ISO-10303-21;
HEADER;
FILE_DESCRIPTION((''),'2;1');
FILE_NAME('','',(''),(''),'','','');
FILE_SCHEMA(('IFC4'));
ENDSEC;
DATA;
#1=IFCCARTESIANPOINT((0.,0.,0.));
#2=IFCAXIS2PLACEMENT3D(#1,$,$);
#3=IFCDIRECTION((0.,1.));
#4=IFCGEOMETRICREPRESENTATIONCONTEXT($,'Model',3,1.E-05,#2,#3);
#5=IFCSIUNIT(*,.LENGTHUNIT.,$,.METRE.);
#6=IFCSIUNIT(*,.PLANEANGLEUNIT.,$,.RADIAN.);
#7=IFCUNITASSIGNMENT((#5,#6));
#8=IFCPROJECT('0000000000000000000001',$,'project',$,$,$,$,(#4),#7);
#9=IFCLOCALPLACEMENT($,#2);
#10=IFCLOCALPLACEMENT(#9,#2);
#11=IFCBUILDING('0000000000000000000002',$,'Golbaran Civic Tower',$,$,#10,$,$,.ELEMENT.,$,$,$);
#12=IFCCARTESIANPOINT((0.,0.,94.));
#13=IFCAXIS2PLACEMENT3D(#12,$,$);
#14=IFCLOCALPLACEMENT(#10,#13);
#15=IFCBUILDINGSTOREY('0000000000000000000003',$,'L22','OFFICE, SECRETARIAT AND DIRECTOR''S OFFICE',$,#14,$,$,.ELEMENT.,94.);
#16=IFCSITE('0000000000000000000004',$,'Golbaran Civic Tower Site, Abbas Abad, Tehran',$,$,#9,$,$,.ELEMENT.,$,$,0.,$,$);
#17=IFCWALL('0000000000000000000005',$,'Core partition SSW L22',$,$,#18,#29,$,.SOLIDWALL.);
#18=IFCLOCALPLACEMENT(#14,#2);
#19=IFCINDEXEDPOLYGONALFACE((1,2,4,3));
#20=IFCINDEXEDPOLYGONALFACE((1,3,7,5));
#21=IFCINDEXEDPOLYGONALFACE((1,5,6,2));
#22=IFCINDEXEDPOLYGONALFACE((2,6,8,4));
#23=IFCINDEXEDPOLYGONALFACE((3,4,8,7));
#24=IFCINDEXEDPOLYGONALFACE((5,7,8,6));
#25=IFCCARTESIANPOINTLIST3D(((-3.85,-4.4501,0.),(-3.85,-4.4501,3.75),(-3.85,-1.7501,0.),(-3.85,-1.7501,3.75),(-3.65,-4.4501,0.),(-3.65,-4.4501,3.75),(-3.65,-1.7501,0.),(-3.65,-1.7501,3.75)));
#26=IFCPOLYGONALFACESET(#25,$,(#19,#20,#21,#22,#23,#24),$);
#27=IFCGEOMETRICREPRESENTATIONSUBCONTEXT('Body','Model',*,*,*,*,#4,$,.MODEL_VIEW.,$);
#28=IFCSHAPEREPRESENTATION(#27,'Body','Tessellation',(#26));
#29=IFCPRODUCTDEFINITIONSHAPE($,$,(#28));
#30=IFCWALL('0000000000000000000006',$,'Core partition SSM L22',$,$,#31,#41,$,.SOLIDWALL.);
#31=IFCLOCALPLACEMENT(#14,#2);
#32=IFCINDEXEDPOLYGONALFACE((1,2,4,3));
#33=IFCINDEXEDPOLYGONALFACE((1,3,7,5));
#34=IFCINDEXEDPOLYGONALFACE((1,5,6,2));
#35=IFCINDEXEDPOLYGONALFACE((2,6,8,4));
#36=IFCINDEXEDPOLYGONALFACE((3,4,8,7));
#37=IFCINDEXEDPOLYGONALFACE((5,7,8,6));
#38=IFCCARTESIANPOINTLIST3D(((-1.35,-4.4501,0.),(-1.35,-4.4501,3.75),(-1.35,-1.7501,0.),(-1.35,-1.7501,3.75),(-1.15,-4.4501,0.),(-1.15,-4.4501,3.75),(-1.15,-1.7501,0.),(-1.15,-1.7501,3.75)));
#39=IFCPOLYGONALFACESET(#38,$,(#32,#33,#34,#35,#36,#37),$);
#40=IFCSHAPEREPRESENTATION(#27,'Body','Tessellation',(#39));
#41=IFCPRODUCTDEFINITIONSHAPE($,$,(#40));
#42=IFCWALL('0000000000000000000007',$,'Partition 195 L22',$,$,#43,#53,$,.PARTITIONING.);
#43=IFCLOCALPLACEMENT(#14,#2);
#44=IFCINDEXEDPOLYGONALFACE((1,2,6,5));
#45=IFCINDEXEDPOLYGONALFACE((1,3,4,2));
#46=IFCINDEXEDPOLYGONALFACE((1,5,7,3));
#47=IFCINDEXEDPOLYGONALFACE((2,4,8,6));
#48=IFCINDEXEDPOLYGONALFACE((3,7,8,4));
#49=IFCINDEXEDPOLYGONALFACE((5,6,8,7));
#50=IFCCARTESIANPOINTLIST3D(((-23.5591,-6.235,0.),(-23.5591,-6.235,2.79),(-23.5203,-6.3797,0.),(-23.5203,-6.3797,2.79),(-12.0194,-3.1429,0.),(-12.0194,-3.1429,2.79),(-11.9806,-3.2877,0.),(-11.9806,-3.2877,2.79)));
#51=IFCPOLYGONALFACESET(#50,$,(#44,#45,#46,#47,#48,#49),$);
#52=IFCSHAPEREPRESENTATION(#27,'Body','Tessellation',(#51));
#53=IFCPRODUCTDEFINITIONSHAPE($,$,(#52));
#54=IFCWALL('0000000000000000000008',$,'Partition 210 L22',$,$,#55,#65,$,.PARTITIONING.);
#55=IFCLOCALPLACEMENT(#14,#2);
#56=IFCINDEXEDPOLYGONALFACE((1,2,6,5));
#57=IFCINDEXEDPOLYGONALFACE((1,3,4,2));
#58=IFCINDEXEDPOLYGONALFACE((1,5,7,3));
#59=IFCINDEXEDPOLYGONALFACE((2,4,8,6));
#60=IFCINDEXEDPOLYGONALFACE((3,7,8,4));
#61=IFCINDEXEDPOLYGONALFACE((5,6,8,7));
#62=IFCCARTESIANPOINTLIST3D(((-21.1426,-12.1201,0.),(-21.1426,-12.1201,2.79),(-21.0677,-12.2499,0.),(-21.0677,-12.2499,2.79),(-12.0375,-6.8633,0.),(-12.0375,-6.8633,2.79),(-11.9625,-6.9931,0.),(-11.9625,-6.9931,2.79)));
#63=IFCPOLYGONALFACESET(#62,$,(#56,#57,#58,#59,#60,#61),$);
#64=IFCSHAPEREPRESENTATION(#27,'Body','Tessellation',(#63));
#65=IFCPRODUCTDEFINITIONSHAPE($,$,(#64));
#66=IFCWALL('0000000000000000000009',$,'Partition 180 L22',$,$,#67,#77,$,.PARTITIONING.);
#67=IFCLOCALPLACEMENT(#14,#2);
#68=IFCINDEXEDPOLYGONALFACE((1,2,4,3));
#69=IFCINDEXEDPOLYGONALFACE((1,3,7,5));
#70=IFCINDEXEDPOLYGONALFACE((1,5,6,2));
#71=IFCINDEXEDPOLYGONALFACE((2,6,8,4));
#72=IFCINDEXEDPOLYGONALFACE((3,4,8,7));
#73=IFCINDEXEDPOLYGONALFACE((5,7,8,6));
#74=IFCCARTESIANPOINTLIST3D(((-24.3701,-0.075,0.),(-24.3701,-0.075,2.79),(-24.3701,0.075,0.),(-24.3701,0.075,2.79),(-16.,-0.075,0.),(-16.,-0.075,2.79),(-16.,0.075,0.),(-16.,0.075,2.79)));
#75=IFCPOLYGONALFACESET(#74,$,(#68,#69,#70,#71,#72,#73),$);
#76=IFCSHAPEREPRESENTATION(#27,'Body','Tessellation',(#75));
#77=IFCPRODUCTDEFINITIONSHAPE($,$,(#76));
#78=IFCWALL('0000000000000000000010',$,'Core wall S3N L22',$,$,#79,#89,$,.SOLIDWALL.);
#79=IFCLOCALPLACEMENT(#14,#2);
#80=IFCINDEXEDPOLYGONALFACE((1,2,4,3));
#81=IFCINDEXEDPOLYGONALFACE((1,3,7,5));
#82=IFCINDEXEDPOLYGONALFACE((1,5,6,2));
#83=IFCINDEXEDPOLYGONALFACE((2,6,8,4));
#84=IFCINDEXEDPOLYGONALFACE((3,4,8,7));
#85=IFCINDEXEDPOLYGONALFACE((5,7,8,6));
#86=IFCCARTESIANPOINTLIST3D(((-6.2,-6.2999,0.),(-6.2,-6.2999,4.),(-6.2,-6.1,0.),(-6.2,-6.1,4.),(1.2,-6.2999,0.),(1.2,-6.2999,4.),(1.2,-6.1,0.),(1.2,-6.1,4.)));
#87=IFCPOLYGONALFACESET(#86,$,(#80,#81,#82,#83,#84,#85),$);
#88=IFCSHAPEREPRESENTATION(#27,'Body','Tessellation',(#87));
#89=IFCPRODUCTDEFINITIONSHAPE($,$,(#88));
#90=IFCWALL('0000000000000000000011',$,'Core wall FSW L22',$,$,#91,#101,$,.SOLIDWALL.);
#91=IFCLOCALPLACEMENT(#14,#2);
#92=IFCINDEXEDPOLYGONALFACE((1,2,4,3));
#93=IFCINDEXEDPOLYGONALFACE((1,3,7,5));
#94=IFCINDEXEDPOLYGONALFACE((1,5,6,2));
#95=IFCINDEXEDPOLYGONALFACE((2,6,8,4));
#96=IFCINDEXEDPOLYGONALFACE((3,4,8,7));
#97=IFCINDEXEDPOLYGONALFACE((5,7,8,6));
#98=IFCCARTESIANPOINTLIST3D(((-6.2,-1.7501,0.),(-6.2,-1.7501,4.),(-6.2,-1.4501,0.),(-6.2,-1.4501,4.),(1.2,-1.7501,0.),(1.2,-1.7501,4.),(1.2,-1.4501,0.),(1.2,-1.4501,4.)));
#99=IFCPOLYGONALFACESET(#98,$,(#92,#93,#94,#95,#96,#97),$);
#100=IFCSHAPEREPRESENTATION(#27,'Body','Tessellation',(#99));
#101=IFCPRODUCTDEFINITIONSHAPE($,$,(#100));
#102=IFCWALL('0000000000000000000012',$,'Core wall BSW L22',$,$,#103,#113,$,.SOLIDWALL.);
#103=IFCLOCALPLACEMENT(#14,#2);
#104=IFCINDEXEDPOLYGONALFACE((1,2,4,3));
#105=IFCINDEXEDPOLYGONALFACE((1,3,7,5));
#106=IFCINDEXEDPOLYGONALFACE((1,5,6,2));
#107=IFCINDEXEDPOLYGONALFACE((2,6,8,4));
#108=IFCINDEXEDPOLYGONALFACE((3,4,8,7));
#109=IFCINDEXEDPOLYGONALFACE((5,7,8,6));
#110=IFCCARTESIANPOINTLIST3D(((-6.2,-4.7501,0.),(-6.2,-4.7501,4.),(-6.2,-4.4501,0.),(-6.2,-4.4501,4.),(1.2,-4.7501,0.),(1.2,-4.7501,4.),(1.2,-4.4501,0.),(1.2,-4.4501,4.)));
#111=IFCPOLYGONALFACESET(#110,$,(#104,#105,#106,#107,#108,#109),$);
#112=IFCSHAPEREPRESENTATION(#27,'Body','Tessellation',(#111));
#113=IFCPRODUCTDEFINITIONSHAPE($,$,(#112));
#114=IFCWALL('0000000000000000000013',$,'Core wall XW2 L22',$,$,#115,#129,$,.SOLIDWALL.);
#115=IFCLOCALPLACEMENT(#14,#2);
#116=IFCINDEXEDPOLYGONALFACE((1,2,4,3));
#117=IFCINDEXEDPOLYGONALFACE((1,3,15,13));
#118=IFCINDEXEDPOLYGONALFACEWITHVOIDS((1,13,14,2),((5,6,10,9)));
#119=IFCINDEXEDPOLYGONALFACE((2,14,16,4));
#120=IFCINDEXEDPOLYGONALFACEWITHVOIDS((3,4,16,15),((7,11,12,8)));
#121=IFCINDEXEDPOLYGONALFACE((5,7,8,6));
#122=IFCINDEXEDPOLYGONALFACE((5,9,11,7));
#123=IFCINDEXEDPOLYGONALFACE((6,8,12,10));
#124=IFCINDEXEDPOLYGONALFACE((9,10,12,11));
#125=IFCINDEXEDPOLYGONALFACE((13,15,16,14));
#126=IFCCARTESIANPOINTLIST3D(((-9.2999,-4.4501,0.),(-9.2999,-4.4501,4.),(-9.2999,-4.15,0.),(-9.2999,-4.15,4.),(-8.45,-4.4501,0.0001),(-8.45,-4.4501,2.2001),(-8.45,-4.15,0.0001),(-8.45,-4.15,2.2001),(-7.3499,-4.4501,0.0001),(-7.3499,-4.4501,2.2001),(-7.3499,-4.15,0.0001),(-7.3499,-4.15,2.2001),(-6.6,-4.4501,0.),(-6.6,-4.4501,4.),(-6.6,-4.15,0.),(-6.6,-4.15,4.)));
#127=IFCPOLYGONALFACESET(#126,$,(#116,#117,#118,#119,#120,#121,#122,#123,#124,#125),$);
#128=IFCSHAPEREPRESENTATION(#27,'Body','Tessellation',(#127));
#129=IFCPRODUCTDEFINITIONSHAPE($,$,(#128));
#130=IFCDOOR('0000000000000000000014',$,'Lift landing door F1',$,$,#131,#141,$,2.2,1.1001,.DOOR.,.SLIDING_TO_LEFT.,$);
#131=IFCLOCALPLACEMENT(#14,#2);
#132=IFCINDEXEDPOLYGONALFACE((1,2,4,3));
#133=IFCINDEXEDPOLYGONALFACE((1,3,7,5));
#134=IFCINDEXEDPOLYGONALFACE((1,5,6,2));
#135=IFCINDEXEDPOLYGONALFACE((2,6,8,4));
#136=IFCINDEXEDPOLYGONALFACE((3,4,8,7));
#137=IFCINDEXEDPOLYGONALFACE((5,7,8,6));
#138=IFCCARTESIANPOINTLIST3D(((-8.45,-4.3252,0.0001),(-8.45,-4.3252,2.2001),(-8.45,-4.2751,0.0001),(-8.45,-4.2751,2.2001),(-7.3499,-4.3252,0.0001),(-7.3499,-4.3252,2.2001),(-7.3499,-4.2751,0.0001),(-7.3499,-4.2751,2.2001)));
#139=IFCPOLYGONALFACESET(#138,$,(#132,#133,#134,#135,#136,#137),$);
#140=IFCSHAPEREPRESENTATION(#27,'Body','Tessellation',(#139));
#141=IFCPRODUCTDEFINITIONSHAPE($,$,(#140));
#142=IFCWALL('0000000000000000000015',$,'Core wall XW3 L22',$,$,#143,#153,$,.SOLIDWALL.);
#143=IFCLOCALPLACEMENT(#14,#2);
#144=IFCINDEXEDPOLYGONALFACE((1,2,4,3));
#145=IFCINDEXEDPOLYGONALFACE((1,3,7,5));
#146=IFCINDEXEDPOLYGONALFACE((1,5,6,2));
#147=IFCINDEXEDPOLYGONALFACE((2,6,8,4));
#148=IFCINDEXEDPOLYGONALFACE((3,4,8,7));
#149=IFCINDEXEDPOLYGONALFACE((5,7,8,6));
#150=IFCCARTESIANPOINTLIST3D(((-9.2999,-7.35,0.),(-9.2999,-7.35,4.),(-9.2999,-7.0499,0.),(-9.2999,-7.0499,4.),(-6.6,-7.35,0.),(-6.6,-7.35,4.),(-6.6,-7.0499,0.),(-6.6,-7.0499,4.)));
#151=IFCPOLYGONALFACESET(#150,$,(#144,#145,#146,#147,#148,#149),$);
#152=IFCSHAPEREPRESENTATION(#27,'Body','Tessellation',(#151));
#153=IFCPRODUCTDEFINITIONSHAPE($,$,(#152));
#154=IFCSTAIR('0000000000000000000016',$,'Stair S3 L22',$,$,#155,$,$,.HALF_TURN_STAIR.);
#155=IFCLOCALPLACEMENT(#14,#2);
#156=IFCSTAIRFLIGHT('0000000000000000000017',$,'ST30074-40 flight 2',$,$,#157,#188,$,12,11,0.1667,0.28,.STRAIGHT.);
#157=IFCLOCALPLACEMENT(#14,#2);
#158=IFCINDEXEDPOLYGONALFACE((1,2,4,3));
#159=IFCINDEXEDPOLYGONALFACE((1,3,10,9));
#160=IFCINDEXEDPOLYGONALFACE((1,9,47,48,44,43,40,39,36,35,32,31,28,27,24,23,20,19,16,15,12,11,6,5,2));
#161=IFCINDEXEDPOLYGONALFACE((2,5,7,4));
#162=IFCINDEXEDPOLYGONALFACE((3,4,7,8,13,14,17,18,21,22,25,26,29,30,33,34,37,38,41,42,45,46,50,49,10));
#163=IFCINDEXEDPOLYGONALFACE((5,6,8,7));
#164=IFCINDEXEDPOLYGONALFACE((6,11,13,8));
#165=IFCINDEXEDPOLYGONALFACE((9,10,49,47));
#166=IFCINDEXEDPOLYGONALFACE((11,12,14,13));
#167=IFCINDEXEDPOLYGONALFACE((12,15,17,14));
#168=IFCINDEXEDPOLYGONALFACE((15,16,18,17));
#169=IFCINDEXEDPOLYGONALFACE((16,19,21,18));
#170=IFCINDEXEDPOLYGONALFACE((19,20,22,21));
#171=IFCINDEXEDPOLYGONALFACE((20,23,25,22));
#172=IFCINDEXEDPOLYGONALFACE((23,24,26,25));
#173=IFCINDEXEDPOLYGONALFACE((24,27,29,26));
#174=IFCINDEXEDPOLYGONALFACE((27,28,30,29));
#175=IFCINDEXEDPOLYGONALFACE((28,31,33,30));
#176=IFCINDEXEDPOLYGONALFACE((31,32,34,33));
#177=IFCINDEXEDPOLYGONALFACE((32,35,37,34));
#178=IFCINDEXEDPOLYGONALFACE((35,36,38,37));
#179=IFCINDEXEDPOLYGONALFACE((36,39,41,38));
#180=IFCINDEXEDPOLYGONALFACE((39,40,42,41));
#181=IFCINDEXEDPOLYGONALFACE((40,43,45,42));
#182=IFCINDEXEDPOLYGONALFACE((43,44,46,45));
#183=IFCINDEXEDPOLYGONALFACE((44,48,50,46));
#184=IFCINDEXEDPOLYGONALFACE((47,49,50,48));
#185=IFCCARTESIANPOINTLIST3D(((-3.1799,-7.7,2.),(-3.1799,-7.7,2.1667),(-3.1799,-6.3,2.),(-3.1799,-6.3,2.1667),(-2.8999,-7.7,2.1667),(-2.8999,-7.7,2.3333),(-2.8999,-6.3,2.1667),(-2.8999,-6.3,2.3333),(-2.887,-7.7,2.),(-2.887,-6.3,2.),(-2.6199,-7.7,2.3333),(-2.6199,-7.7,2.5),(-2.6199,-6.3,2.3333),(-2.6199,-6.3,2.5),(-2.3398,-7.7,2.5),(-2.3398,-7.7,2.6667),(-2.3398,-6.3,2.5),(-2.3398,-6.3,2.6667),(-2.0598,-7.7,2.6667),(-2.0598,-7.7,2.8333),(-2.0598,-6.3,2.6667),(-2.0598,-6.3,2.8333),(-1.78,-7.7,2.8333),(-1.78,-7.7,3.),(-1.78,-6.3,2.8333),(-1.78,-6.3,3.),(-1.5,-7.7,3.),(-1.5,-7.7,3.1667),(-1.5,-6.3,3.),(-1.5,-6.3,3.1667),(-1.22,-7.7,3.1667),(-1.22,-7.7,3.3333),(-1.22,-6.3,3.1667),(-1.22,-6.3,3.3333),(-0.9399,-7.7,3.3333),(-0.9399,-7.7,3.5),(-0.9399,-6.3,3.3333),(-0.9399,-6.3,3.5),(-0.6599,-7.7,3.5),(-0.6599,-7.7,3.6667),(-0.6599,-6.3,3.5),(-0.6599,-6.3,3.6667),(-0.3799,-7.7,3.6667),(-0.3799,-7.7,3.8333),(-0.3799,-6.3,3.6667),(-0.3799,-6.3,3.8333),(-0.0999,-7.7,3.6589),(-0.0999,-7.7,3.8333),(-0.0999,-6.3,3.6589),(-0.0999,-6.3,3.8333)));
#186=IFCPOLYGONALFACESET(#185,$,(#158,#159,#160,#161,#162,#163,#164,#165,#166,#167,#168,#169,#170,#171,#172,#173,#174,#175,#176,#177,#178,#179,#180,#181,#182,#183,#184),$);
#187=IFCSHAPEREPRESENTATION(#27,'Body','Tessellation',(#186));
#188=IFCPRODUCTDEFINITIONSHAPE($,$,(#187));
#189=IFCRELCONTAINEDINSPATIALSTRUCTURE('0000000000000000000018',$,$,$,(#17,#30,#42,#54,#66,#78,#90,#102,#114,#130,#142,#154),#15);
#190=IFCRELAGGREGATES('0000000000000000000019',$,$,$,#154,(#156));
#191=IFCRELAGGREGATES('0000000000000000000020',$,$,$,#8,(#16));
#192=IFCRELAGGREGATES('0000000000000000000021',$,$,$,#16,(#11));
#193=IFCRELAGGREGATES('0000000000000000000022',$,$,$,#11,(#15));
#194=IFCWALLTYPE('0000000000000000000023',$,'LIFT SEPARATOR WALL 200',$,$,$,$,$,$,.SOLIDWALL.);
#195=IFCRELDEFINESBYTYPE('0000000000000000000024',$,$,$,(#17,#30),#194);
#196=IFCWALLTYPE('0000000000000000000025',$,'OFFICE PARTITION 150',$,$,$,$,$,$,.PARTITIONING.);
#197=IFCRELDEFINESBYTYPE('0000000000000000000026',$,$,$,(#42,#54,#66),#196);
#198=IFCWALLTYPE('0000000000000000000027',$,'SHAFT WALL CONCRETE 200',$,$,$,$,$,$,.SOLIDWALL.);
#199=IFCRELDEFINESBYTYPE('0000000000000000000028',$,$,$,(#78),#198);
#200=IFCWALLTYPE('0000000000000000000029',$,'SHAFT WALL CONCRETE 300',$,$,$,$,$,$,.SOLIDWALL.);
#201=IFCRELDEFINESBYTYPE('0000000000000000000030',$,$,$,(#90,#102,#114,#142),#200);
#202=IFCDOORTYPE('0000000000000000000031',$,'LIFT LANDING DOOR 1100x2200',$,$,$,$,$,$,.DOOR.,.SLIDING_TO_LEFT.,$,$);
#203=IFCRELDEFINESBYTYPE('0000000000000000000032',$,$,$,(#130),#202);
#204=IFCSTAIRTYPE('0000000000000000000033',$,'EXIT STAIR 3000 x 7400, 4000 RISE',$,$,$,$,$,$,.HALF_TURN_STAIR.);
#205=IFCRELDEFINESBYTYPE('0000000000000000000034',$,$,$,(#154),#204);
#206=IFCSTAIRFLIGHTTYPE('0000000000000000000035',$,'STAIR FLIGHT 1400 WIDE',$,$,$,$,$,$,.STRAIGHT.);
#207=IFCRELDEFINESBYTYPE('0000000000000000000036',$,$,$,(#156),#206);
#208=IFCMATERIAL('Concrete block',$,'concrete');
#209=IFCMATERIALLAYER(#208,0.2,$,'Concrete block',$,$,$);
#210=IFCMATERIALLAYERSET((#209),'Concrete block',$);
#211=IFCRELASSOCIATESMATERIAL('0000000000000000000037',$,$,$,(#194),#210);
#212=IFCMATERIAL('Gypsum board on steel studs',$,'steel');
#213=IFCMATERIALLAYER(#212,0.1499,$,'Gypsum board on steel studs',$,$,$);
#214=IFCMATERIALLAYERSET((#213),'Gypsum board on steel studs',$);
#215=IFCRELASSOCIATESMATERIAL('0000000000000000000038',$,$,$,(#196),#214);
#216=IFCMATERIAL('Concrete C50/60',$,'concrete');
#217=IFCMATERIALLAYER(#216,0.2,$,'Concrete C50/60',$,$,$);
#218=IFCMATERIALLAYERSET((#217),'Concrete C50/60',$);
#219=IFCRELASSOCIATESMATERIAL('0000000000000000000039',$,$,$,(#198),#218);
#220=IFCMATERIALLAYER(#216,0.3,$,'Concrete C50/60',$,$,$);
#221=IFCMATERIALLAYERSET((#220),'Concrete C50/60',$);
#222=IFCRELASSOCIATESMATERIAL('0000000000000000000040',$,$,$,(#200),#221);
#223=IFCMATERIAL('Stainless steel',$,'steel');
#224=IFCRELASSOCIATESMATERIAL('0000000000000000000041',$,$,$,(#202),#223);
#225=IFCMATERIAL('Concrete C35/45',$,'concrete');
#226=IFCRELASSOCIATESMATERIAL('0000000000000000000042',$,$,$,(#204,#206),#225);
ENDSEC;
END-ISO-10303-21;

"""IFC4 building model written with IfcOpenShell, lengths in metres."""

from ifc_helpers import new_model, si_unit, direction, frame, frame_2d, origin, place, context, subcontext, project, spatial, polyline, rectangle, outline, extrude, material, layer, layer_set, type_object, element, fill, aggregate, save


model = new_model("IFC4")

# Units and contexts
model_context = context("Model", 3, precision=1e-05, world=origin(), true_north=direction((0.0, 1.0)))
body_context = subcontext(model_context, "Body", "Model", "MODEL_VIEW")
ifc_project = project(units=[si_unit("LENGTHUNIT", "METRE"), si_unit("PLANEANGLEUNIT", "RADIAN")], contexts=[model_context])

# Site, building, storey
site_placement = place(None, origin())
site = spatial("IfcSite", under=ifc_project, at=site_placement, Name="Golbaran Civic Tower Site, Abbas Abad, Tehran", CompositionType="ELEMENT", RefElevation=0.0)
building_placement = place(site_placement, origin())
building = spatial("IfcBuilding", under=site, at=building_placement, Name="Golbaran Civic Tower", CompositionType="ELEMENT")
storey_placement = place(building_placement, frame((0.0, 0.0, 94.0)))
storey = spatial("IfcBuildingStorey", under=building, at=storey_placement, Name="L22", Description="OFFICE, SECRETARIAT AND DIRECTOR'S OFFICE", CompositionType="ELEMENT", Elevation=94.0)

# Shared definitions
ifc_material_1 = material(Name="Concrete C35/45", Category="concrete")

# Walls
ifc_material_2 = material(Name="Concrete block", Category="concrete")
ifc_layer_1 = layer(ifc_material_2, 0.2, Name="Concrete block")
ifc_layer_set_1 = layer_set([ifc_layer_1], Name="Concrete block")
wall_type_1 = type_object("IfcWallType", Name="LIFT SEPARATOR WALL 200", PredefinedType="SOLIDWALL", material=ifc_layer_set_1)
for number, where, z_axis, x_axis, name in (
    (1, (-3.75, -1.75, 0.0), (0.0, 0.0, 1.0), (0.0, -1.0, 0.0), "Core partition SSW L22"),
    (2, (-1.25, -1.75, 0.0), (0.0, 0.0, 1.0), (0.0, -1.0, 0.0), "Core partition SSM L22"),
):
    element("IfcWall", number, at=place(storey_placement, frame(where, z_axis=z_axis, x_axis=x_axis)), inside=storey, type_object=wall_type_1, Name=name, PredefinedType="SOLIDWALL", context=body_context, shape_type="SweptSolid", body=[
        extrude(rectangle(XDim=2.7, YDim=0.2, at=frame_2d((1.3501, 0.0))), origin(), (0.0, 0.0, 1.0), 3.75),
    ])
ifc_material_3 = material(Name="Gypsum board on steel studs", Category="steel")
ifc_layer_2 = layer(ifc_material_3, 0.1499, Name="Gypsum board on steel studs")
ifc_layer_set_2 = layer_set([ifc_layer_2], Name="Gypsum board on steel studs")
wall_type_2 = type_object("IfcWallType", Name="OFFICE PARTITION 150", PredefinedType="PARTITIONING", material=ifc_layer_set_2)
wall_1_placement = place(storey_placement, frame((-12.0, -3.2153, 0.0), z_axis=(0.0, 0.0, 1.0), x_axis=(-0.965927, -0.258816, 0.0)))
element("IfcWall", 3, at=wall_1_placement, inside=storey, type_object=wall_type_2, Name="Partition 195 L22", PredefinedType="PARTITIONING", context=body_context, shape_type="SweptSolid", body=[
    extrude(rectangle(XDim=11.9468, YDim=0.1499, at=frame_2d((5.9734, 0.0))), origin(), (0.0, 0.0, 1.0), 2.79),
])
wall_2_placement = place(storey_placement, frame((-12.0, -6.9282, 0.0), z_axis=(0.0, 0.0, 1.0), x_axis=(-0.866028, -0.499995, 0.0)))
element("IfcWall", 4, at=wall_2_placement, inside=storey, type_object=wall_type_2, Name="Partition 210 L22", PredefinedType="PARTITIONING", context=body_context, shape_type="SweptSolid", body=[
    extrude(rectangle(XDim=10.5137, YDim=0.1499, at=frame_2d((5.2568, 0.0))), origin(), (0.0, 0.0, 1.0), 2.79),
])
wall_3_placement = place(storey_placement, frame((-16.0, 0.0, 0.0), z_axis=(0.0, 0.0, 1.0), x_axis=(-1.0, 0.0, 0.0)))
element("IfcWall", 5, at=wall_3_placement, inside=storey, type_object=wall_type_2, Name="Partition 180 L22", PredefinedType="PARTITIONING", context=body_context, shape_type="SweptSolid", body=[
    extrude(rectangle(XDim=8.3701, YDim=0.1499, at=frame_2d((4.1851, 0.0))), origin(), (0.0, 0.0, 1.0), 2.79),
])
ifc_material_4 = material(Name="Concrete C50/60", Category="concrete")
ifc_layer_3 = layer(ifc_material_4, 0.2, Name="Concrete C50/60")
ifc_layer_set_3 = layer_set([ifc_layer_3], Name="Concrete C50/60")
wall_type_3 = type_object("IfcWallType", Name="SHAFT WALL CONCRETE 200", PredefinedType="SOLIDWALL", material=ifc_layer_set_3)
wall_4_placement = place(storey_placement, frame((-6.2, -6.2, 0.0), z_axis=(0.0, 0.0, 1.0), x_axis=(1.0, 0.0, 0.0)))
element("IfcWall", 6, at=wall_4_placement, inside=storey, type_object=wall_type_3, Name="Core wall S3N L22", PredefinedType="SOLIDWALL", context=body_context, shape_type="SweptSolid", body=[
    extrude(rectangle(XDim=7.3999, YDim=0.2, at=frame_2d((3.7, 0.0))), origin(), (0.0, 0.0, 1.0), 4.0),
])
ifc_layer_4 = layer(ifc_material_4, 0.3, Name="Concrete C50/60")
ifc_layer_set_4 = layer_set([ifc_layer_4], Name="Concrete C50/60")
wall_type_4 = type_object("IfcWallType", Name="SHAFT WALL CONCRETE 300", PredefinedType="SOLIDWALL", material=ifc_layer_set_4)
for number, where, z_axis, x_axis, name in (
    (7, (-6.2, -1.6001, 0.0), (0.0, 0.0, 1.0), (1.0, 0.0, 0.0), "Core wall FSW L22"),
    (8, (-6.2, -4.6001, 0.0), (0.0, 0.0, 1.0), (1.0, 0.0, 0.0), "Core wall BSW L22"),
):
    element("IfcWall", number, at=place(storey_placement, frame(where, z_axis=z_axis, x_axis=x_axis)), inside=storey, type_object=wall_type_4, Name=name, PredefinedType="SOLIDWALL", context=body_context, shape_type="SweptSolid", body=[
        extrude(rectangle(XDim=7.3999, YDim=0.3, at=frame_2d((3.7, 0.0))), origin(), (0.0, 0.0, 1.0), 4.0),
    ])

# Wall, opening, door
wall_5_placement = place(storey_placement, frame((-9.3, -4.3, 0.0), z_axis=(0.0, 0.0, 1.0), x_axis=(1.0, 0.0, 0.0)))
wall_5 = element("IfcWall", 9, at=wall_5_placement, inside=storey, type_object=wall_type_4, Name="Core wall XW2 L22", PredefinedType="SOLIDWALL", context=body_context, shape_type="SweptSolid", body=[
    extrude(rectangle(XDim=2.7, YDim=0.3, at=frame_2d((1.3501, 0.0))), origin(), (0.0, 0.0, 1.0), 4.0),
])
opening_1_placement = place(wall_5_placement, frame((0.8501, 0.0, 0.0)))
opening_1 = element("IfcOpeningElement", 10, at=opening_1_placement, cuts=wall_5, PredefinedType="OPENING", context=body_context, shape_type="SweptSolid", body=[
    extrude(rectangle(XDim=1.1001, YDim=2.2, at=frame_2d((0.55, 1.1001))), frame((0.0, 0.1599, 0.0), z_axis=(0.0, -1.0, 0.0), x_axis=(1.0, 0.0, 0.0)), (0.0, 0.0, 1.0), 0.3201),
])
ifc_material_5 = material(Name="Stainless steel", Category="steel")
door_type_1 = type_object("IfcDoorType", Name="LIFT LANDING DOOR 1100x2200", OperationType="SLIDING_TO_LEFT", PredefinedType="DOOR", material=ifc_material_5)
door_1_placement = place(opening_1_placement, origin())
door_1 = element("IfcDoor", 11, at=door_1_placement, inside=storey, type_object=door_type_1, Name="Lift landing door F1", OperationType="SLIDING_TO_LEFT", OverallHeight=2.2, OverallWidth=1.1001, PredefinedType="DOOR", context=body_context, shape_type="SweptSolid", body=[
    extrude(rectangle(XDim=1.1001, YDim=2.2, at=frame_2d((0.55, 1.1001))), frame((0.0, 0.0249, 0.0), z_axis=(0.0, -1.0, 0.0), x_axis=(1.0, 0.0, 0.0)), (0.0, 0.0, 1.0), 0.05),
])
fill(opening_1, door_1)

# Wall
wall_6_placement = place(storey_placement, frame((-9.3, -7.2, 0.0), z_axis=(0.0, 0.0, 1.0), x_axis=(1.0, 0.0, 0.0)))
element("IfcWall", 12, at=wall_6_placement, inside=storey, type_object=wall_type_4, Name="Core wall XW3 L22", PredefinedType="SOLIDWALL", context=body_context, shape_type="SweptSolid", body=[
    extrude(rectangle(XDim=2.7, YDim=0.3, at=frame_2d((1.3501, 0.0))), origin(), (0.0, 0.0, 1.0), 4.0),
])

# Stair, stair flight
stair_type = type_object("IfcStairType", Name="EXIT STAIR 3000 x 7400, 4000 RISE", PredefinedType="HALF_TURN_STAIR", material=ifc_material_1)
stair_placement = place(storey_placement, origin())
stair = element("IfcStair", 13, at=stair_placement, inside=storey, type_object=stair_type, Name="Stair S3 L22", PredefinedType="HALF_TURN_STAIR")
stair_flight_type = type_object("IfcStairFlightType", Name="STAIR FLIGHT 1400 WIDE", PredefinedType="STRAIGHT", material=ifc_material_1)
stair_flight_placement = place(storey_placement, frame((-3.1799, -7.0, 2.0), z_axis=(0.0, 0.0, 1.0), x_axis=(1.0, 0.0, 0.0)))
stair_flight = element("IfcStairFlight", 14, at=stair_flight_placement, type_object=stair_flight_type, Name="ST30074-40 flight 2", NumberOfRisers=12, NumberOfTreads=11, PredefinedType="STRAIGHT", RiserHeight=0.1667, TreadLength=0.28, context=body_context, shape_type="SweptSolid", body=[
    extrude(outline(polyline([(0.0, 0.0), (0.0, 0.1667), (0.28, 0.1667), (0.28, 0.3333), (0.5601, 0.3333), (0.5601, 0.5), (0.8401, 0.5), (0.8401, 0.6667), (1.1201, 0.6667), (1.1201, 0.8333), (1.3999, 0.8333), (1.3999, 1.0), (1.6799, 1.0), (1.6799, 1.1667), (1.96, 1.1667), (1.96, 1.3333), (2.24, 1.3333), (2.24, 1.5), (2.52, 1.5), (2.52, 1.6667), (2.8, 1.6667), (2.8, 1.8333), (3.0801, 1.8333), (3.0801, 2.0), (3.0801, 1.6589), (0.293, 0.0), (0.0, 0.0)])), frame((0.0, 0.7, 0.0), z_axis=(0.0, -1.0, 0.0), x_axis=(1.0, 0.0, 0.0)), (0.0, 0.0, 1.0), 1.3999),
])
aggregate(stair, [stair_flight])

save(model, "model.ifc")
